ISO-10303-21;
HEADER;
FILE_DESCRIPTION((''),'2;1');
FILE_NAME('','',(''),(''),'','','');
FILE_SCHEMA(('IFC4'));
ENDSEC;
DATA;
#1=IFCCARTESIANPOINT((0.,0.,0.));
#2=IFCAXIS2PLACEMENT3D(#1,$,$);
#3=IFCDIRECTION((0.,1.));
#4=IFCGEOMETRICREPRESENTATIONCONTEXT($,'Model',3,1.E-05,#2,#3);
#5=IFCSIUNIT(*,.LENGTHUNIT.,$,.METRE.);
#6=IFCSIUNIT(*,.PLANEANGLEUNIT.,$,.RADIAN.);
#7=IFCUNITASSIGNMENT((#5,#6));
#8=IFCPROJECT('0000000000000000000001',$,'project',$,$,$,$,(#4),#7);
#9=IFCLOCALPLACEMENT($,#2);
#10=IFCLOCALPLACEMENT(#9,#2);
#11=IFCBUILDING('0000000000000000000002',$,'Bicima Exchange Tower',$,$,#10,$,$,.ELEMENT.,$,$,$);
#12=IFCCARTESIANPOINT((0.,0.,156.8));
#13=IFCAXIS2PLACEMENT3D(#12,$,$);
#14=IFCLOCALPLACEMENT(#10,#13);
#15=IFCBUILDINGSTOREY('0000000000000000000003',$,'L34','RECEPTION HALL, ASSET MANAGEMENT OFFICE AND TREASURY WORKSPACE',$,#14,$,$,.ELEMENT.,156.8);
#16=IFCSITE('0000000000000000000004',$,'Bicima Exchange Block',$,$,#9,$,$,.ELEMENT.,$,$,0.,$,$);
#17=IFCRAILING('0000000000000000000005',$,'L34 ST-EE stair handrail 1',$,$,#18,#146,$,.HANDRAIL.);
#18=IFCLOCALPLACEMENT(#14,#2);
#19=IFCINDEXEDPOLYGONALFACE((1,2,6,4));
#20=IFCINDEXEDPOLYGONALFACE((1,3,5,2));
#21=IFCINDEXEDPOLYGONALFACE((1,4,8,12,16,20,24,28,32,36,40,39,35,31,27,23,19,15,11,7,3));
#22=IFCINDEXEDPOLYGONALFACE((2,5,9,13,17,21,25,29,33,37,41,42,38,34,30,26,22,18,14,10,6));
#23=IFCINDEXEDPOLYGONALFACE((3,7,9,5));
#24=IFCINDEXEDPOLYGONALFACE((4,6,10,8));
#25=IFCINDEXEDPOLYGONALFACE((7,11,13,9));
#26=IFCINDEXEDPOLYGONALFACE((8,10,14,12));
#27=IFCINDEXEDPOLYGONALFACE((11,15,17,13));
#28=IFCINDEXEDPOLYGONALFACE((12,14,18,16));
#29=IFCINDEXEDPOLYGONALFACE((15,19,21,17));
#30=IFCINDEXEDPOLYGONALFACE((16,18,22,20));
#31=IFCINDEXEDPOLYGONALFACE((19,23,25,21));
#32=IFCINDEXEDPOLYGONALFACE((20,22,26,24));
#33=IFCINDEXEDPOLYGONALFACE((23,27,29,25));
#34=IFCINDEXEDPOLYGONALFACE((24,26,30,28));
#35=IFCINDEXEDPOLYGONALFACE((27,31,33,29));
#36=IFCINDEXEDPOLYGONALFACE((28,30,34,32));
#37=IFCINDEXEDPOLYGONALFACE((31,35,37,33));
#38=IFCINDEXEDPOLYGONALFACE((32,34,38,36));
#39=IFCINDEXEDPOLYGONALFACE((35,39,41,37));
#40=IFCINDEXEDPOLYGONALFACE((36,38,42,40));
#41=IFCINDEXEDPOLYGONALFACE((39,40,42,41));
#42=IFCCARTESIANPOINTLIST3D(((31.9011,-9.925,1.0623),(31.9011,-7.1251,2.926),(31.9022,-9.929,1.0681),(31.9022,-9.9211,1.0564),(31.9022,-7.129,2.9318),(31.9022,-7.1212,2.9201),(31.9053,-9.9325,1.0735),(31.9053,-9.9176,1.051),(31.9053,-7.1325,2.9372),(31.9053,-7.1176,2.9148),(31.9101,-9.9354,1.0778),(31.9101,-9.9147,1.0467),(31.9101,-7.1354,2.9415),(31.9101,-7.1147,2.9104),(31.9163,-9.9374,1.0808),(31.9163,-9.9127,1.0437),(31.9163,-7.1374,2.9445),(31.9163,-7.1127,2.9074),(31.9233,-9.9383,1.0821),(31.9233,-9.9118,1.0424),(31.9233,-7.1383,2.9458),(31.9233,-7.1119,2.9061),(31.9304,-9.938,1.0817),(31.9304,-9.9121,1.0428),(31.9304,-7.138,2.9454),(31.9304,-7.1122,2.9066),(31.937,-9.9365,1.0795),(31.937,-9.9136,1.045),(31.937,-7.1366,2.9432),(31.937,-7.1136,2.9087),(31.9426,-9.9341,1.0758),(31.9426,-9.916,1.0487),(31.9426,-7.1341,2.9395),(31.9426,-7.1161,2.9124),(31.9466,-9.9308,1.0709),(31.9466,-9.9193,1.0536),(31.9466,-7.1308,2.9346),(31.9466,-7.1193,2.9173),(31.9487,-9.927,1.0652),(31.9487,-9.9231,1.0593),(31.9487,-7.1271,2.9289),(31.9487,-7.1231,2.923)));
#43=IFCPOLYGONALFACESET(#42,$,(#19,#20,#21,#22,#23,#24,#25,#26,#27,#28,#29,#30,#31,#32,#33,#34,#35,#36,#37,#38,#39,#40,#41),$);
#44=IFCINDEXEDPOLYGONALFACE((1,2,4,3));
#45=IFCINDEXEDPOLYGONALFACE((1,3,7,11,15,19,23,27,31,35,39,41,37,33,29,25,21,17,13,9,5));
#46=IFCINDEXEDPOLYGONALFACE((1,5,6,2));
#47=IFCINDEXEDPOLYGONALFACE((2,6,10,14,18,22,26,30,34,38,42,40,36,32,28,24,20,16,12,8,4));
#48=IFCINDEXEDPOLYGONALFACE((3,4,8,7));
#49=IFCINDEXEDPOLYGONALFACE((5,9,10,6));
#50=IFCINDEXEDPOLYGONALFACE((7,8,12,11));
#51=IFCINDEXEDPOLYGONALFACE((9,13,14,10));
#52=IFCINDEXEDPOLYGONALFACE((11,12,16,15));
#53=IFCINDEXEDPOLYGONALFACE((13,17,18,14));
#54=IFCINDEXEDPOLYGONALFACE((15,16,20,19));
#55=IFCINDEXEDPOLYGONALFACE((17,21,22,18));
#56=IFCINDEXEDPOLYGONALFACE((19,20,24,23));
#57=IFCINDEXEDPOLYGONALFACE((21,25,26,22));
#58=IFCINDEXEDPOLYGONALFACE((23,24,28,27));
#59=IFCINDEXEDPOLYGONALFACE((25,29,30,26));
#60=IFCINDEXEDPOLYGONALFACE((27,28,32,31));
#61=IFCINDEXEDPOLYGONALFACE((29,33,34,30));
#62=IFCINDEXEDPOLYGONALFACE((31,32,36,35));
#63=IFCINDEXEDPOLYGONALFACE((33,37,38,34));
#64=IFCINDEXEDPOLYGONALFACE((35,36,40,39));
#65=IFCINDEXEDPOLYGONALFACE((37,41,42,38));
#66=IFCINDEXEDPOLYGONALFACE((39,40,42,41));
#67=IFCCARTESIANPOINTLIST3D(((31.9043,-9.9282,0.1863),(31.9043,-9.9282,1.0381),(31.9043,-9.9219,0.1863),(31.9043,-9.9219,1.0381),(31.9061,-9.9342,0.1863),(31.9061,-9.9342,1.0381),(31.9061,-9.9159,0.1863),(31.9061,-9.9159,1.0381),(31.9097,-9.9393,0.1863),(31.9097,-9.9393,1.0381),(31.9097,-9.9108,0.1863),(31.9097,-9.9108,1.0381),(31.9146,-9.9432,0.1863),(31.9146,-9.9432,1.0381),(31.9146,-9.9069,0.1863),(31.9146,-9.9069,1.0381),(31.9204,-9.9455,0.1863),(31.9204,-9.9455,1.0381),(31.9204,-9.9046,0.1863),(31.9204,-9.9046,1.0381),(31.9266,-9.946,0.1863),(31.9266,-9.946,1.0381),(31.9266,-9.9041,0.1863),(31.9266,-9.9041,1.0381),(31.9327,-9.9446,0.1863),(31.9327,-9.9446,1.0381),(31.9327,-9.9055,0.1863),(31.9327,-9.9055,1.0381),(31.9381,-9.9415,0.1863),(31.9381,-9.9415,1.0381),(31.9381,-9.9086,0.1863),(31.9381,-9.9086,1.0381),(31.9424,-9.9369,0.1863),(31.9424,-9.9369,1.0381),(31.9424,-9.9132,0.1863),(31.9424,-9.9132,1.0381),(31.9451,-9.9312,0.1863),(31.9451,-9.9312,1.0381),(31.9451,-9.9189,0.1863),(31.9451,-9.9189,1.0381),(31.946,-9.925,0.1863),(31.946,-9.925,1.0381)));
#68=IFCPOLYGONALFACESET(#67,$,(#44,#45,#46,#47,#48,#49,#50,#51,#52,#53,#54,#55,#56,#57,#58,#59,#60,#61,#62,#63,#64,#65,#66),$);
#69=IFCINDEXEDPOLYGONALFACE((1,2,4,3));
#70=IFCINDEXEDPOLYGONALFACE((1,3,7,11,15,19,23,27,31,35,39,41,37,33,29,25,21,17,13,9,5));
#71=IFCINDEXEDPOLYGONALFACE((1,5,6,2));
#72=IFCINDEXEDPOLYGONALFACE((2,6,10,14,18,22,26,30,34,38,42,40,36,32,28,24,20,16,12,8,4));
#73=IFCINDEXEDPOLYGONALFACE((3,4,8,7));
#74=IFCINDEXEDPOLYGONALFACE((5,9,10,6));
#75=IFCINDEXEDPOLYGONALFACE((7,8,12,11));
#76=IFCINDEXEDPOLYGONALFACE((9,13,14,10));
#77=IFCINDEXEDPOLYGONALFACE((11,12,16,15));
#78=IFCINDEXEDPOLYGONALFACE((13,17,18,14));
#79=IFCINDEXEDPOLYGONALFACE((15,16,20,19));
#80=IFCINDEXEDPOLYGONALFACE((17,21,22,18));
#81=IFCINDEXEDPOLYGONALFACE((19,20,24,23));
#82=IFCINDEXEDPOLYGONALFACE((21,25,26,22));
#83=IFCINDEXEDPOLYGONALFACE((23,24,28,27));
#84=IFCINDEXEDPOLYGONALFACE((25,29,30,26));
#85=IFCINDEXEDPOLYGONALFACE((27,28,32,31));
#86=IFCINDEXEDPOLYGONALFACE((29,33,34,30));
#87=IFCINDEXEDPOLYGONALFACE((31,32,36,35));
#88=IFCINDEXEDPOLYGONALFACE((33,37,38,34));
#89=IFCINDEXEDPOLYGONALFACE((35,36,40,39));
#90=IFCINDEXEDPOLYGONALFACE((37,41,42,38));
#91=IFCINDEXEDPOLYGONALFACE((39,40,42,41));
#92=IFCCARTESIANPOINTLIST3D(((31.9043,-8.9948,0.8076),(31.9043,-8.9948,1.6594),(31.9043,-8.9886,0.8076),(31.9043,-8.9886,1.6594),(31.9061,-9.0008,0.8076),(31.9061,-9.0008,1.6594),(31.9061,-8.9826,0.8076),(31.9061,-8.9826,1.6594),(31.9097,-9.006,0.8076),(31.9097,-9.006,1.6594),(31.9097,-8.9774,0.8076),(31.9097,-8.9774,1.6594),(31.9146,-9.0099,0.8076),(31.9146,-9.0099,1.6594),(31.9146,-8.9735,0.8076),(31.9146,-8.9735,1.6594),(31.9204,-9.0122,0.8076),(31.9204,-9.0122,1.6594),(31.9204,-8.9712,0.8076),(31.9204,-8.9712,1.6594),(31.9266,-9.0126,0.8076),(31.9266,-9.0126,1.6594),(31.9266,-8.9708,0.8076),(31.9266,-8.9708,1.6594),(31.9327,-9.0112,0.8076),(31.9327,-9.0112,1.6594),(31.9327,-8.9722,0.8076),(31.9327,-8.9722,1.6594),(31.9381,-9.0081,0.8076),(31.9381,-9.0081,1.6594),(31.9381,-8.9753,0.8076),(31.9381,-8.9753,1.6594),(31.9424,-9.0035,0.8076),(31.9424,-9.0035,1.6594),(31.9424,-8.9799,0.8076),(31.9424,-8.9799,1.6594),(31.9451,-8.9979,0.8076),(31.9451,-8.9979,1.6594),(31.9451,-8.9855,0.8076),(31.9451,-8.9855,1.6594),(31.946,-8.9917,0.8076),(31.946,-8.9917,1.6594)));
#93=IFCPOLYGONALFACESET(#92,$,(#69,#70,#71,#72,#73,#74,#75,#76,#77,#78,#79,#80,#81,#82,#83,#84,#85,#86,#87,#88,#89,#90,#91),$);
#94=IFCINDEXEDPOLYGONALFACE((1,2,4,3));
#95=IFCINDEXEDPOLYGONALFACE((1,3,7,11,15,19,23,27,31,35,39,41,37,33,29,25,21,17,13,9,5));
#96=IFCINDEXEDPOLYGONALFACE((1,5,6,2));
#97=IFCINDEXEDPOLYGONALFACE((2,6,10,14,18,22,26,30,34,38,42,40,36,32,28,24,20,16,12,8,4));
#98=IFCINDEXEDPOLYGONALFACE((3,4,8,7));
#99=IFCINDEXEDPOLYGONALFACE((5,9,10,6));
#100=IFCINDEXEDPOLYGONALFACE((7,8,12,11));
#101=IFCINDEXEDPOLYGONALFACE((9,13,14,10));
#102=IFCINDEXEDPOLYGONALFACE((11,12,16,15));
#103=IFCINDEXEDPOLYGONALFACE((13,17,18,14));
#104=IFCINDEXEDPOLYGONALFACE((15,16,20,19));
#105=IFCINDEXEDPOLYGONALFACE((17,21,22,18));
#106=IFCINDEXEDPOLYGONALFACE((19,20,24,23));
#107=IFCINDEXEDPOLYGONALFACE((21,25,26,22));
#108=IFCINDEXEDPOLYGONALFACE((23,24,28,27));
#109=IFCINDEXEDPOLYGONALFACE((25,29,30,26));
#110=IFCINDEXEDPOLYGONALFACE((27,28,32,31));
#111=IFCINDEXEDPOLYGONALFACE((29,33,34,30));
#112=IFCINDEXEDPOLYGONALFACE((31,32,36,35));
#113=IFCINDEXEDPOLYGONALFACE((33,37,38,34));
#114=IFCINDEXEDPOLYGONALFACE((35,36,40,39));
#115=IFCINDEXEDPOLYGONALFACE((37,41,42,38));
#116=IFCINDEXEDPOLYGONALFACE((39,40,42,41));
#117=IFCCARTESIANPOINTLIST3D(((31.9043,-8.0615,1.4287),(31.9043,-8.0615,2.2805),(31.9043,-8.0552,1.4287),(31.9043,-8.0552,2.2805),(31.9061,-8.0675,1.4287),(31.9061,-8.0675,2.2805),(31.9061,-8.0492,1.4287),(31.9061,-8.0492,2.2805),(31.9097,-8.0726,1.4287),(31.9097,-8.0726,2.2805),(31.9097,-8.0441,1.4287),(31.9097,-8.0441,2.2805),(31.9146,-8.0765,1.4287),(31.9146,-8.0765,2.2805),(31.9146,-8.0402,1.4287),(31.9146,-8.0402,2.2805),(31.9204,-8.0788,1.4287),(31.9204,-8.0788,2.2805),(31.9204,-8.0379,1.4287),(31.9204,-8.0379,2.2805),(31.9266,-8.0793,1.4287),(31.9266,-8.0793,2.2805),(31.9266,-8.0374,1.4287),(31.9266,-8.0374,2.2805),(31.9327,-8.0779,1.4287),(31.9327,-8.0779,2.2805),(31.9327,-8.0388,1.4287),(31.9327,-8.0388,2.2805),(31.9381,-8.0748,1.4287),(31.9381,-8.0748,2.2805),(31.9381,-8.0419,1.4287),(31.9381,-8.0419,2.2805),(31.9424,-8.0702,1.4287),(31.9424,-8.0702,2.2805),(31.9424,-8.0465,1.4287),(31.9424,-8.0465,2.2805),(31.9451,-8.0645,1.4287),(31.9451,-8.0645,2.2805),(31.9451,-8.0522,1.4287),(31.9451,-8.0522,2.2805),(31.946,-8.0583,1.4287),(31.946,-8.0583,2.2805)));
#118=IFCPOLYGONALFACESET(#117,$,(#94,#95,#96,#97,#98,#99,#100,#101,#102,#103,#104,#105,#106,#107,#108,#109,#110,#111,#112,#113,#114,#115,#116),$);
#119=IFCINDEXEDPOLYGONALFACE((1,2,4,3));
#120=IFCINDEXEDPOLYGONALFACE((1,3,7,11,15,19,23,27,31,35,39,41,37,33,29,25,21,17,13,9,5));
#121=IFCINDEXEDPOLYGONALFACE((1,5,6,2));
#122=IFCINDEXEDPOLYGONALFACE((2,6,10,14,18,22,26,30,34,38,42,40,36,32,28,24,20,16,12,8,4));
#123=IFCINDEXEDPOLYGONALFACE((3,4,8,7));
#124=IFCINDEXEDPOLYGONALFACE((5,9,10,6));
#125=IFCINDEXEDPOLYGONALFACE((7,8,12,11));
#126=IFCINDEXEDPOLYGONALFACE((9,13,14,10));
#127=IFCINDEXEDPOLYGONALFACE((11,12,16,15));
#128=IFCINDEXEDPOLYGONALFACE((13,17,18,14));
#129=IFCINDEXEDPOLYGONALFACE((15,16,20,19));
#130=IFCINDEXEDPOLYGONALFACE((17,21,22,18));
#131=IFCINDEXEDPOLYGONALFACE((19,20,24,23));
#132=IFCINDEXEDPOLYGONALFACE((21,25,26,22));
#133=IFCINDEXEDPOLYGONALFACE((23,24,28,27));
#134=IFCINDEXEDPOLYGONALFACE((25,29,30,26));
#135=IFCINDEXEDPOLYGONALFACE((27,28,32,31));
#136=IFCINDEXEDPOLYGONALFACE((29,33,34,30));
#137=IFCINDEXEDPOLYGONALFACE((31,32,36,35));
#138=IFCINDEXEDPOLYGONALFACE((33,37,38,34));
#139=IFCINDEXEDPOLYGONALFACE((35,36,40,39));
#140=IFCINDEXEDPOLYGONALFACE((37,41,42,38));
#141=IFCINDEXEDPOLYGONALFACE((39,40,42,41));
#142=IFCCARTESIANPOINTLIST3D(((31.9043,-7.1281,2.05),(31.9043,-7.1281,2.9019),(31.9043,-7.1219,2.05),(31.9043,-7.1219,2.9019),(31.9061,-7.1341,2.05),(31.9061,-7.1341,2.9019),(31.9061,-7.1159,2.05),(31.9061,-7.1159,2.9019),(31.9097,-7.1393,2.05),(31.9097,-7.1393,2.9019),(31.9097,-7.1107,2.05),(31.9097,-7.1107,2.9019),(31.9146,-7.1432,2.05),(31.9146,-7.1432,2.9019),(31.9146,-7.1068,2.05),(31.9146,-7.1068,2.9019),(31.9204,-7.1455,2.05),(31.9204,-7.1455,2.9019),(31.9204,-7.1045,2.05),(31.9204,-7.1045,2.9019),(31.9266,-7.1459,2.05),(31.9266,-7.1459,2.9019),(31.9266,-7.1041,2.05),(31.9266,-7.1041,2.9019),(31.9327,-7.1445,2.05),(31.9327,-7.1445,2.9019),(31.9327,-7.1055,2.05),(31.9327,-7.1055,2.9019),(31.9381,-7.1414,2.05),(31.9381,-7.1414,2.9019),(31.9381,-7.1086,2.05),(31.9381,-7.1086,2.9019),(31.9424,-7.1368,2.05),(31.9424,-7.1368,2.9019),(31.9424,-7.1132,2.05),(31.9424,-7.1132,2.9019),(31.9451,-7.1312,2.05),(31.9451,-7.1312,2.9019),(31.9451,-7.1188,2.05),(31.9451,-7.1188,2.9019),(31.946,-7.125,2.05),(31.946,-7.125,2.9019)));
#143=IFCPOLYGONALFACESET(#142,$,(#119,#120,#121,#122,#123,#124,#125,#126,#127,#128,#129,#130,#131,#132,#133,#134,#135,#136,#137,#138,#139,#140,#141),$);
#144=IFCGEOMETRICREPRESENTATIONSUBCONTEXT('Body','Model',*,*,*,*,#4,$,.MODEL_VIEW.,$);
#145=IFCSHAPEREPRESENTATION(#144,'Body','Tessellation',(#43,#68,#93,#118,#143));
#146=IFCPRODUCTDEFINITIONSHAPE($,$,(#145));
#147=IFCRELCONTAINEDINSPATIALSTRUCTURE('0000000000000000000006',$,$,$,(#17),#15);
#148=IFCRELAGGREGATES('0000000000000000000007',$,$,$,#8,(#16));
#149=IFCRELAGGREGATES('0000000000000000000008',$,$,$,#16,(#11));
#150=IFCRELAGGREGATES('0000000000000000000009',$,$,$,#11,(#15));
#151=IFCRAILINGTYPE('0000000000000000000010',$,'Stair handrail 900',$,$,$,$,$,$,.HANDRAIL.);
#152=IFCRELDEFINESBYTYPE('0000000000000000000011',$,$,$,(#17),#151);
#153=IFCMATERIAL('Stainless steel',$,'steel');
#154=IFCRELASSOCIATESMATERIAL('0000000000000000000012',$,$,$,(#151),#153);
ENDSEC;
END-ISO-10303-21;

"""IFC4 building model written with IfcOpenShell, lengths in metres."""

from ifc_helpers import new_model, si_unit, direction, frame, origin, origin_2d, place, context, subcontext, project, spatial, circle, extrude, material, type_object, element, save


model = new_model("IFC4")

# Units and contexts
model_context = context("Model", 3, precision=1e-05, world=origin(), true_north=direction((0.0, 1.0)))
body_context = subcontext(model_context, "Body", "Model", "MODEL_VIEW")
ifc_project = project(units=[si_unit("LENGTHUNIT", "METRE"), si_unit("PLANEANGLEUNIT", "RADIAN")], contexts=[model_context])

# Site, building, storey
site_placement = place(None, origin())
site = spatial("IfcSite", under=ifc_project, at=site_placement, Name="Bicima Exchange Block", CompositionType="ELEMENT", RefElevation=0.0)
building_placement = place(site_placement, origin())
building = spatial("IfcBuilding", under=site, at=building_placement, Name="Bicima Exchange Tower", CompositionType="ELEMENT")
storey_placement = place(building_placement, frame((0.0, 0.0, 156.8)))
storey = spatial("IfcBuildingStorey", under=building, at=storey_placement, Name="L34", Description="RECEPTION HALL, ASSET MANAGEMENT OFFICE AND TREASURY WORKSPACE", CompositionType="ELEMENT", Elevation=156.8)

# Railing
ifc_material_1 = material(Name="Stainless steel", Category="steel")
railing_type_1 = type_object("IfcRailingType", Name="Stair handrail 900", PredefinedType="HANDRAIL", material=ifc_material_1)
railing_1_placement = place(storey_placement, frame((31.925, -9.925, 0.1863)))
element("IfcRailing", 1, at=railing_1_placement, inside=storey, type_object=railing_type_1, Name="L34 ST-EE stair handrail 1", PredefinedType="HANDRAIL", context=body_context, shape_type="SweptSolid", body=[
    extrude(circle(Radius=0.0239, at=origin_2d()), frame((0.0, 0.0, 0.876), z_axis=(0.0, 0.832452, 0.554097), x_axis=(-1.0, 0.0, 0.0)), (0.0, 0.0, 1.0), 3.3635),
    extrude(circle(Radius=0.021, at=origin_2d()), origin(), (0.0, 0.0, 1.0), 0.8518),
    extrude(circle(Radius=0.021, at=origin_2d()), frame((0.0, 0.9333, 0.6213)), (0.0, 0.0, 1.0), 0.8518),
    extrude(circle(Radius=0.021, at=origin_2d()), frame((0.0, 1.8667, 1.2424)), (0.0, 0.0, 1.0), 0.8518),
    extrude(circle(Radius=0.021, at=origin_2d()), frame((0.0, 2.8, 1.8638)), (0.0, 0.0, 1.0), 0.8518),
])

save(model, "model.ifc")
